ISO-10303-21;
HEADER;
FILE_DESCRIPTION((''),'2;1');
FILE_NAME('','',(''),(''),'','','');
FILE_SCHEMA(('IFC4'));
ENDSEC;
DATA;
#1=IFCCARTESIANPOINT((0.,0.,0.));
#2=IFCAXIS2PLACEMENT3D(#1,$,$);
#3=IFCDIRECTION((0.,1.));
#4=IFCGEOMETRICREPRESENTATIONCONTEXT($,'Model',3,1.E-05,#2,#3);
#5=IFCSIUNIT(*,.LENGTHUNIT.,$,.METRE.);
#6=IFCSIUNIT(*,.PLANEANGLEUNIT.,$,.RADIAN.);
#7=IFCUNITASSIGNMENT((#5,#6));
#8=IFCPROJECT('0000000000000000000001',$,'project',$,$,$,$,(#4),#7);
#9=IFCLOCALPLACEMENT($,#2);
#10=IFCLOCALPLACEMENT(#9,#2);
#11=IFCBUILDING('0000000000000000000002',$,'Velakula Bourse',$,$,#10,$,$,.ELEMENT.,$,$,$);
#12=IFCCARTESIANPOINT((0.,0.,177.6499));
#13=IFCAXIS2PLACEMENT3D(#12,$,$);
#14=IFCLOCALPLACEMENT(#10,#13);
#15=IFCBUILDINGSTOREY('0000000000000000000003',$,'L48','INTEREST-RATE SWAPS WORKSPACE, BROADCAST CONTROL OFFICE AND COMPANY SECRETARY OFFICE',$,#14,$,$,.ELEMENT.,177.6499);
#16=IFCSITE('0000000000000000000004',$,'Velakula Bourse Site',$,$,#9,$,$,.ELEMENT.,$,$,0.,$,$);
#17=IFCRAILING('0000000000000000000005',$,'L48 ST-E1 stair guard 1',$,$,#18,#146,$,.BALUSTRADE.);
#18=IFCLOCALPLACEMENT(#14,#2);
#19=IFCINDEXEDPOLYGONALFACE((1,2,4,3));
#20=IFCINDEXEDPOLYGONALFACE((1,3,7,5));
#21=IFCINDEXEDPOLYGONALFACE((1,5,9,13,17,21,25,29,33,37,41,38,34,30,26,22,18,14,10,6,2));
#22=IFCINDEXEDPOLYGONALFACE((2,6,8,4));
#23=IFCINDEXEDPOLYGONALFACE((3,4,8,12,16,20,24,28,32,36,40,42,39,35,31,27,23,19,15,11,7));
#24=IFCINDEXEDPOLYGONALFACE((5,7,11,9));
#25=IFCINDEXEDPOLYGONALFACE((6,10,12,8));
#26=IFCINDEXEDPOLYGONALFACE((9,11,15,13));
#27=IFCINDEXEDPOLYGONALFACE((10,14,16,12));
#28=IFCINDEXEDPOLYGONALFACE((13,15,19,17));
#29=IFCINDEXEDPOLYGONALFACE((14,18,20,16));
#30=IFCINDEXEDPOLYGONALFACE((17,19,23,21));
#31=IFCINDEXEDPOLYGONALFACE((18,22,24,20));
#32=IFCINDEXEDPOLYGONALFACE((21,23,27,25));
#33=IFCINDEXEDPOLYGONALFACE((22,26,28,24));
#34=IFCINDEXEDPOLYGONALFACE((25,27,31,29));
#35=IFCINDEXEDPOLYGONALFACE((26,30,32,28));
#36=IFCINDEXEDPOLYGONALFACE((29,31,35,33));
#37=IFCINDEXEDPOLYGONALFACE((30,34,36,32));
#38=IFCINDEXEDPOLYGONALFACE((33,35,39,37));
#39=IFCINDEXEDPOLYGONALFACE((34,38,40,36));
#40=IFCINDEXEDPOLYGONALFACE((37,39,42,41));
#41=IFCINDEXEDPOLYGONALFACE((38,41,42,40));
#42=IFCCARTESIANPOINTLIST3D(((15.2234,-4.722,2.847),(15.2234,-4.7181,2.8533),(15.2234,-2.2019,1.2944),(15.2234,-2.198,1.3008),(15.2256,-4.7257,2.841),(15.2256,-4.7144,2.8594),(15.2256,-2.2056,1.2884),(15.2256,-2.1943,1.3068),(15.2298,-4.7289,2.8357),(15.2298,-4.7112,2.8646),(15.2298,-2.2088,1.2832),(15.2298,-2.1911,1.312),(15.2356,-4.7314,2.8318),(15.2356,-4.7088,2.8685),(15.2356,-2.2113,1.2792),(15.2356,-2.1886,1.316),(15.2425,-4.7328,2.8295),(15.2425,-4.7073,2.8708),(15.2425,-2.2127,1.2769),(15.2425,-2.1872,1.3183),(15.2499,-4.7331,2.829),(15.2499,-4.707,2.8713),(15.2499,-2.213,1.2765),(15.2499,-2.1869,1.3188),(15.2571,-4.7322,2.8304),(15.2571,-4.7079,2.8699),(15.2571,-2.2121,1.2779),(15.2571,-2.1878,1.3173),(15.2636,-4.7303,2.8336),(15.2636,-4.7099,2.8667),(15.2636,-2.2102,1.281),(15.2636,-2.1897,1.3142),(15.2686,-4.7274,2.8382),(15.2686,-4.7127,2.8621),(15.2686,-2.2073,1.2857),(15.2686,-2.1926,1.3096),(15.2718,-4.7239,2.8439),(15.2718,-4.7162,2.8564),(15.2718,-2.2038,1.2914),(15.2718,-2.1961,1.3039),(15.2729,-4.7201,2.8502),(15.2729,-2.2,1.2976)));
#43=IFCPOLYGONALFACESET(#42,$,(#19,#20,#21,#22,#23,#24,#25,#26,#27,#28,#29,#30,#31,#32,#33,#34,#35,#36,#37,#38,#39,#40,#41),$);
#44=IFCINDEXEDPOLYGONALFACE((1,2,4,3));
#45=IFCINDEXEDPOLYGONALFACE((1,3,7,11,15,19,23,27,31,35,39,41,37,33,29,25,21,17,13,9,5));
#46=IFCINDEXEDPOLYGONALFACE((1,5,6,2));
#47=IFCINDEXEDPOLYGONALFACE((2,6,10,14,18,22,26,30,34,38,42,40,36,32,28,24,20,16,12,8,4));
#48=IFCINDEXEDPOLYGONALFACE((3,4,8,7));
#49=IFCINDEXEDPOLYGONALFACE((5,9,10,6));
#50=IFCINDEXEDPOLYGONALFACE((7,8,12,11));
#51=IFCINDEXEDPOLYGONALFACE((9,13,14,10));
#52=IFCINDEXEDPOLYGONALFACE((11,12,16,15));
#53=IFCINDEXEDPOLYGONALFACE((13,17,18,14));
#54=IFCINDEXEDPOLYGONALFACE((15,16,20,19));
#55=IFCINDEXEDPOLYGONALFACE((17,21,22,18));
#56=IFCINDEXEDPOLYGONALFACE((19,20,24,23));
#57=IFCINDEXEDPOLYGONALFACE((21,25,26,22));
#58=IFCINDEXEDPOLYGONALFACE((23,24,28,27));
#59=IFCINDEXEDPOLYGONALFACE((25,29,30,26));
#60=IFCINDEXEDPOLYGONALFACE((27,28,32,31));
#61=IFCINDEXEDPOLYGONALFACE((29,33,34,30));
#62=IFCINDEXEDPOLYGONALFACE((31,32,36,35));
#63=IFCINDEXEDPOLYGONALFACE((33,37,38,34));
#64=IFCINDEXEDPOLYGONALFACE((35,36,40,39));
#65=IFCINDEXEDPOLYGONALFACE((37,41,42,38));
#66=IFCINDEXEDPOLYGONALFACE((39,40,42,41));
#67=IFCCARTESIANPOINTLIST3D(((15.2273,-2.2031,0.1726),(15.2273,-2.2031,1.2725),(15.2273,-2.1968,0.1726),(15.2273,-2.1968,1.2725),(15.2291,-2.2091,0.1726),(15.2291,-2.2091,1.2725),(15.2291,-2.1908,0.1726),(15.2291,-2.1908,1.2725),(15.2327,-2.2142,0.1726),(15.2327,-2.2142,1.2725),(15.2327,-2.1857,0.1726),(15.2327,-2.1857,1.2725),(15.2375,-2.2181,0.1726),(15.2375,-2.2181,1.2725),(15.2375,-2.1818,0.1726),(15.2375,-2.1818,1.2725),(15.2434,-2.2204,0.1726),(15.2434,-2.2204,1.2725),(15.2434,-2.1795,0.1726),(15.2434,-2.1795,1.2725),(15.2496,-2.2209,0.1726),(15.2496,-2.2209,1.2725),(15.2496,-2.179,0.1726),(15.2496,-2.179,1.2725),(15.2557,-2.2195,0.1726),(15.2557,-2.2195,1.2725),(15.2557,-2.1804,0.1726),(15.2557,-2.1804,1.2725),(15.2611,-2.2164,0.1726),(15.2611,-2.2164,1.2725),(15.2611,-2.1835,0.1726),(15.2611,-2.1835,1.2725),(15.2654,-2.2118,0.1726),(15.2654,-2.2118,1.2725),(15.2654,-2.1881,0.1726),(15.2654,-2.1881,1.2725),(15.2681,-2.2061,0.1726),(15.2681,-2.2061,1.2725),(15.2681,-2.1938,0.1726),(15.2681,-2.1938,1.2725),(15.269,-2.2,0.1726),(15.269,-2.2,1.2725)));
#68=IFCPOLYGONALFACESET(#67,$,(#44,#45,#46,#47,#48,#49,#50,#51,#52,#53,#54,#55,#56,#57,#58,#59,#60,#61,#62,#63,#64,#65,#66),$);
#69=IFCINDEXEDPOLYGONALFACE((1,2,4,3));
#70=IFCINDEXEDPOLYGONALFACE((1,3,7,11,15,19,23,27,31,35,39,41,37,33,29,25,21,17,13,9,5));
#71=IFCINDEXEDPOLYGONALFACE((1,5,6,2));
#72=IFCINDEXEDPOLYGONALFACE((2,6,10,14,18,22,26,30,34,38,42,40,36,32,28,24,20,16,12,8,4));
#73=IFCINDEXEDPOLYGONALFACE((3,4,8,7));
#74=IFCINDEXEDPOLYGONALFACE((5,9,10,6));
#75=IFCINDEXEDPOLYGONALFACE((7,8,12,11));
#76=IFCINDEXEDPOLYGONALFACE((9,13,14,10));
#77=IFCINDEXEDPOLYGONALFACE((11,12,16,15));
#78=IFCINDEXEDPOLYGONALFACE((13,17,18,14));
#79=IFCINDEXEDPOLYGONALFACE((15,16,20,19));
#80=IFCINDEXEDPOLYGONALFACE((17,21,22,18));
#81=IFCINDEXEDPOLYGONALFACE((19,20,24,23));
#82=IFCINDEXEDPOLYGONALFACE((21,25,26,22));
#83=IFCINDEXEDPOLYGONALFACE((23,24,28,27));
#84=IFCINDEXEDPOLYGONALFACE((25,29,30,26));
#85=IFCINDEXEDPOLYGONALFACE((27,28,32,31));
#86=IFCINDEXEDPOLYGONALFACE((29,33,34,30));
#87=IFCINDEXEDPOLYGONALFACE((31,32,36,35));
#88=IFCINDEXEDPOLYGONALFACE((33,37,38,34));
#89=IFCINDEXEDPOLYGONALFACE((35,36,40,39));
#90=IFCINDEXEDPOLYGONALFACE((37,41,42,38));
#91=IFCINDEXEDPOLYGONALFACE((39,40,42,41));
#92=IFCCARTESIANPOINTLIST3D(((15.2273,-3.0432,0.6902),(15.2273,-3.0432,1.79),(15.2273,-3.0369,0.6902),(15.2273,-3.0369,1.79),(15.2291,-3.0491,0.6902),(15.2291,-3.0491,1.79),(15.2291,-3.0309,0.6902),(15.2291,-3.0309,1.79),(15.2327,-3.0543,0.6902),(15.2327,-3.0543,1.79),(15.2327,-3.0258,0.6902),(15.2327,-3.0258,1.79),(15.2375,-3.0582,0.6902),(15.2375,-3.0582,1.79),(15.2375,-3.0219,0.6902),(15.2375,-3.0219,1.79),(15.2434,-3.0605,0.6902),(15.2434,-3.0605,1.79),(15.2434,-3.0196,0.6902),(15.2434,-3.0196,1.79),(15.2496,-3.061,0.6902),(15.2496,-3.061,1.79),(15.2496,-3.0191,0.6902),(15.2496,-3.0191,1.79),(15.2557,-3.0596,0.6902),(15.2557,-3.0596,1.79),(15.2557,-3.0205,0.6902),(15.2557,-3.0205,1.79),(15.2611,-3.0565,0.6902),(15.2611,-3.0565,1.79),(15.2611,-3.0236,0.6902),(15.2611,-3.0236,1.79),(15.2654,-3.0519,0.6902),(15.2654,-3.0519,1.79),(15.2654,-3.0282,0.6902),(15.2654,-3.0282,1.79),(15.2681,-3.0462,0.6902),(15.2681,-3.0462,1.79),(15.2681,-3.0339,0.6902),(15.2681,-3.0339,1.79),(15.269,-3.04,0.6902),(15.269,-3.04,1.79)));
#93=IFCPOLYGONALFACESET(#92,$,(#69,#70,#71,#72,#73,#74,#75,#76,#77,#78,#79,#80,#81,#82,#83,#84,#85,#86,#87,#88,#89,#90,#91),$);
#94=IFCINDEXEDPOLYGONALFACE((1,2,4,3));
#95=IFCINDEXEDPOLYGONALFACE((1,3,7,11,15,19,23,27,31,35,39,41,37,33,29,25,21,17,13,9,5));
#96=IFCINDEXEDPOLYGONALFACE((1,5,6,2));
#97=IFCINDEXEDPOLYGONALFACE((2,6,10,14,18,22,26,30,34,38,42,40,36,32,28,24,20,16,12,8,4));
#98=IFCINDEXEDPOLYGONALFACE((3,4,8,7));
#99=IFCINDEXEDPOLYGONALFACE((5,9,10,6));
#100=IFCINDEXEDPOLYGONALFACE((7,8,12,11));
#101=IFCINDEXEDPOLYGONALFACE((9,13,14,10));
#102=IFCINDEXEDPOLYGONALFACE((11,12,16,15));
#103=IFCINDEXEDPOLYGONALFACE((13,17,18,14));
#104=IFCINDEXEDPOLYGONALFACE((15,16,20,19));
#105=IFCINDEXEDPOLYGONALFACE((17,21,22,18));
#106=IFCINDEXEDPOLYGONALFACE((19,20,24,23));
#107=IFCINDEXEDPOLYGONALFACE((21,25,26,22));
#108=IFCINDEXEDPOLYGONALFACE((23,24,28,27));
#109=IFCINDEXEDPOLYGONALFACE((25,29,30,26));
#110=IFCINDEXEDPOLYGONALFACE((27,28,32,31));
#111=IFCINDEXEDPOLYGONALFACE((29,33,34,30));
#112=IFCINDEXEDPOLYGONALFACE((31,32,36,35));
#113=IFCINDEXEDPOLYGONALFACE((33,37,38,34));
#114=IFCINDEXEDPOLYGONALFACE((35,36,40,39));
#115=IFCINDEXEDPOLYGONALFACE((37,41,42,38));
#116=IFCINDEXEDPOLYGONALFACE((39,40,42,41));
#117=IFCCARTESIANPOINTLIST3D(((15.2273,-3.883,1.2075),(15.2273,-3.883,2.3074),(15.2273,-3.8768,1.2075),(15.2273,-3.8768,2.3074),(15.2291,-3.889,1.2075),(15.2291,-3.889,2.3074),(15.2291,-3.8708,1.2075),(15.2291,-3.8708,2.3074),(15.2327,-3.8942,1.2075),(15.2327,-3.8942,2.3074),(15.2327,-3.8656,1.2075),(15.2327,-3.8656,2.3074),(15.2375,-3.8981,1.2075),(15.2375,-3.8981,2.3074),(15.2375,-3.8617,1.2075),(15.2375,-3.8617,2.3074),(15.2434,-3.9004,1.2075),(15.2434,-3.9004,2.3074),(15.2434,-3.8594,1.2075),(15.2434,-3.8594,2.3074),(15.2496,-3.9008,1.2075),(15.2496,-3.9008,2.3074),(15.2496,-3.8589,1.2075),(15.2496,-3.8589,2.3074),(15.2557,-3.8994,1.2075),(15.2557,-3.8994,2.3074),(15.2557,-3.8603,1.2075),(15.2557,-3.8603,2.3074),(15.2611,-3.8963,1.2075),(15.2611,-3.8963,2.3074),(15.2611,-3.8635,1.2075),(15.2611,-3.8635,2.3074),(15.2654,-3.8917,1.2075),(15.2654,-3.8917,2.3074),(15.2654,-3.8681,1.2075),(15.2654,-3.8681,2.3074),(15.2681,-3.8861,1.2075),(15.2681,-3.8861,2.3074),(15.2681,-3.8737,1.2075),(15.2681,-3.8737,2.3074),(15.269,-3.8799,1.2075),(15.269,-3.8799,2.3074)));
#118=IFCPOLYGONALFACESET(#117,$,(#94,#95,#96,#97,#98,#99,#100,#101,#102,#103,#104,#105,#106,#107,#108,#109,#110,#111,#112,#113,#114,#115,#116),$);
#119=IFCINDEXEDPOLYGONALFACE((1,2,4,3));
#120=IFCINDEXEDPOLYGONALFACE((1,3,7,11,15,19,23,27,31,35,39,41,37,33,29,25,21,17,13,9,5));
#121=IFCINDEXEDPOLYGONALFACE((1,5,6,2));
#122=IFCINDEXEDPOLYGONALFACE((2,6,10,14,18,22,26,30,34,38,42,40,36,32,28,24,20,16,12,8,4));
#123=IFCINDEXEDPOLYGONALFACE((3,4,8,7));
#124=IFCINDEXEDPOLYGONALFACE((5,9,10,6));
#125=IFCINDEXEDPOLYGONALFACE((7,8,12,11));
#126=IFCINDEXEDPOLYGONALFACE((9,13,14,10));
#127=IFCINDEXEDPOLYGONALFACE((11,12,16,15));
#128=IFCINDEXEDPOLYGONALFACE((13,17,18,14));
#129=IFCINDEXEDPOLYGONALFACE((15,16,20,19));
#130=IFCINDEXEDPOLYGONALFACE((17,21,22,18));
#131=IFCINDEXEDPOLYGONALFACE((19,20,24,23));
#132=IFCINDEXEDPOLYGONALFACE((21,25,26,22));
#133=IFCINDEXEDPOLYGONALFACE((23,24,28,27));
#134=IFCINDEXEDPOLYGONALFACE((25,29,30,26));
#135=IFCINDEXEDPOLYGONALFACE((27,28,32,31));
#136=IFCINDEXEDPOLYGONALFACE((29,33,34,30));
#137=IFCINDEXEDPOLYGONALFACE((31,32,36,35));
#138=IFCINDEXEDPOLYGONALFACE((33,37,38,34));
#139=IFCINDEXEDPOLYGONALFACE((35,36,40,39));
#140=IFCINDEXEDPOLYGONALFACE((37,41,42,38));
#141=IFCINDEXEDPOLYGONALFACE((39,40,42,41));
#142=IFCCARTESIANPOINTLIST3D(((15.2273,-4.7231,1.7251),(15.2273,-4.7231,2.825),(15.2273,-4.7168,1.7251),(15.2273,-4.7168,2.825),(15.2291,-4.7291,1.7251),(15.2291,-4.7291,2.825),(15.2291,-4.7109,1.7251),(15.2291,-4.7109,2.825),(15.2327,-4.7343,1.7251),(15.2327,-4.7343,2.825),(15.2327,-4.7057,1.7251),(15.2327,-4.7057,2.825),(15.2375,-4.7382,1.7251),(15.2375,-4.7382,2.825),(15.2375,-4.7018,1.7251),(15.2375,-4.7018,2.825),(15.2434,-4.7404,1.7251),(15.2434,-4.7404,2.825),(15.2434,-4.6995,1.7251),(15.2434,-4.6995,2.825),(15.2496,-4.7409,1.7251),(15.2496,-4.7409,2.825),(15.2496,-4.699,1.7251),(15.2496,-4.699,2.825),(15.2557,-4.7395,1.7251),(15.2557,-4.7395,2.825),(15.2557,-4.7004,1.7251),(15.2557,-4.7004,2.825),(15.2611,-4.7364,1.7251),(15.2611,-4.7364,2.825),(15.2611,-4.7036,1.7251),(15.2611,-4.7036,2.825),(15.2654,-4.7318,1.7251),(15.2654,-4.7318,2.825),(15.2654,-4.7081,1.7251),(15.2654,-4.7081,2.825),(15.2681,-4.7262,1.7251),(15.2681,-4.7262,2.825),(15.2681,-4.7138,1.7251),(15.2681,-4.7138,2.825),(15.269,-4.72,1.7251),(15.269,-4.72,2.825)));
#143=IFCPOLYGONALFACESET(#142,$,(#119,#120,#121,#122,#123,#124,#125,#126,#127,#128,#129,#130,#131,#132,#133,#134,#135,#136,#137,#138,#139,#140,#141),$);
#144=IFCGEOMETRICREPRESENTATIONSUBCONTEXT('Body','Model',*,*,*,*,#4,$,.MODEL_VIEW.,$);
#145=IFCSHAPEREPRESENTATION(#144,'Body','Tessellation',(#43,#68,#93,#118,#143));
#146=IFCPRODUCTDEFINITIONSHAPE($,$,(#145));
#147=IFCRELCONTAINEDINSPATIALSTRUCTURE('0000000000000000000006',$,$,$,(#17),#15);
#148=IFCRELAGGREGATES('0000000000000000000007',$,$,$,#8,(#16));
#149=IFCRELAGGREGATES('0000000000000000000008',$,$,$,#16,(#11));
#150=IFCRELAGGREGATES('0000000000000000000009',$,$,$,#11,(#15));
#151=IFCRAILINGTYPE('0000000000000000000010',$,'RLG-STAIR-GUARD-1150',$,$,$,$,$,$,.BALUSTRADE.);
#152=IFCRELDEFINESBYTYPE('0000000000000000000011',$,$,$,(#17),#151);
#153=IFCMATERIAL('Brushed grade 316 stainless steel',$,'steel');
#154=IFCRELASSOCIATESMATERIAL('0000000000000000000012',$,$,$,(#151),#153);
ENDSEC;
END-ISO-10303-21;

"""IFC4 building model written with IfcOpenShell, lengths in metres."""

from ifc_helpers import new_model, si_unit, direction, frame, origin, origin_2d, place, context, subcontext, project, spatial, circle, extrude, material, type_object, element, save


model = new_model("IFC4")

# Units and contexts
model_context = context("Model", 3, precision=1e-05, world=origin(), true_north=direction((0.0, 1.0)))
body_context = subcontext(model_context, "Body", "Model", "MODEL_VIEW")
ifc_project = project(units=[si_unit("LENGTHUNIT", "METRE"), si_unit("PLANEANGLEUNIT", "RADIAN")], contexts=[model_context])

# Site, building, storey
site_placement = place(None, origin())
site = spatial("IfcSite", under=ifc_project, at=site_placement, Name="Velakula Bourse Site", CompositionType="ELEMENT", RefElevation=0.0)
building_placement = place(site_placement, origin())
building = spatial("IfcBuilding", under=site, at=building_placement, Name="Velakula Bourse", CompositionType="ELEMENT")
storey_placement = place(building_placement, frame((0.0, 0.0, 177.6499)))
storey = spatial("IfcBuildingStorey", under=building, at=storey_placement, Name="L48", Description="INTEREST-RATE SWAPS WORKSPACE, BROADCAST CONTROL OFFICE AND COMPANY SECRETARY OFFICE", CompositionType="ELEMENT", Elevation=177.6499)

# Shared definitions
ifc_material_1 = material(Name="Brushed grade 316 stainless steel", Category="steel")

# Railing
railing_type_1 = type_object("IfcRailingType", Name="RLG-STAIR-GUARD-1150", PredefinedType="BALUSTRADE", material=ifc_material_1)
railing_1_placement = place(storey_placement, frame((15.248, -2.2, 0.1726)))
element("IfcRailing", 1, at=railing_1_placement, inside=storey, type_object=railing_type_1, Name="L48 ST-E1 stair guard 1", PredefinedType="BALUSTRADE", context=body_context, shape_type="SweptSolid", body=[
    extrude(circle(Radius=0.0249, at=origin_2d()), frame((0.0, 0.0, 1.125), z_axis=(0.0, -0.8514, 0.524516), x_axis=(1.0, 0.0, 0.0)), (0.0, 0.0, 1.0), 2.96),
    extrude(circle(Radius=0.021, at=origin_2d()), origin(), (0.0, 0.0, 1.0), 1.0999),
    extrude(circle(Radius=0.021, at=origin_2d()), frame((0.0, -0.8401, 0.5176)), (0.0, 0.0, 1.0), 1.0999),
    extrude(circle(Radius=0.021, at=origin_2d()), frame((0.0, -1.6799, 1.0349)), (0.0, 0.0, 1.0), 1.0999),
    extrude(circle(Radius=0.021, at=origin_2d()), frame((0.0, -2.52, 1.5525)), (0.0, 0.0, 1.0), 1.0999),
])

save(model, "model.ifc")
